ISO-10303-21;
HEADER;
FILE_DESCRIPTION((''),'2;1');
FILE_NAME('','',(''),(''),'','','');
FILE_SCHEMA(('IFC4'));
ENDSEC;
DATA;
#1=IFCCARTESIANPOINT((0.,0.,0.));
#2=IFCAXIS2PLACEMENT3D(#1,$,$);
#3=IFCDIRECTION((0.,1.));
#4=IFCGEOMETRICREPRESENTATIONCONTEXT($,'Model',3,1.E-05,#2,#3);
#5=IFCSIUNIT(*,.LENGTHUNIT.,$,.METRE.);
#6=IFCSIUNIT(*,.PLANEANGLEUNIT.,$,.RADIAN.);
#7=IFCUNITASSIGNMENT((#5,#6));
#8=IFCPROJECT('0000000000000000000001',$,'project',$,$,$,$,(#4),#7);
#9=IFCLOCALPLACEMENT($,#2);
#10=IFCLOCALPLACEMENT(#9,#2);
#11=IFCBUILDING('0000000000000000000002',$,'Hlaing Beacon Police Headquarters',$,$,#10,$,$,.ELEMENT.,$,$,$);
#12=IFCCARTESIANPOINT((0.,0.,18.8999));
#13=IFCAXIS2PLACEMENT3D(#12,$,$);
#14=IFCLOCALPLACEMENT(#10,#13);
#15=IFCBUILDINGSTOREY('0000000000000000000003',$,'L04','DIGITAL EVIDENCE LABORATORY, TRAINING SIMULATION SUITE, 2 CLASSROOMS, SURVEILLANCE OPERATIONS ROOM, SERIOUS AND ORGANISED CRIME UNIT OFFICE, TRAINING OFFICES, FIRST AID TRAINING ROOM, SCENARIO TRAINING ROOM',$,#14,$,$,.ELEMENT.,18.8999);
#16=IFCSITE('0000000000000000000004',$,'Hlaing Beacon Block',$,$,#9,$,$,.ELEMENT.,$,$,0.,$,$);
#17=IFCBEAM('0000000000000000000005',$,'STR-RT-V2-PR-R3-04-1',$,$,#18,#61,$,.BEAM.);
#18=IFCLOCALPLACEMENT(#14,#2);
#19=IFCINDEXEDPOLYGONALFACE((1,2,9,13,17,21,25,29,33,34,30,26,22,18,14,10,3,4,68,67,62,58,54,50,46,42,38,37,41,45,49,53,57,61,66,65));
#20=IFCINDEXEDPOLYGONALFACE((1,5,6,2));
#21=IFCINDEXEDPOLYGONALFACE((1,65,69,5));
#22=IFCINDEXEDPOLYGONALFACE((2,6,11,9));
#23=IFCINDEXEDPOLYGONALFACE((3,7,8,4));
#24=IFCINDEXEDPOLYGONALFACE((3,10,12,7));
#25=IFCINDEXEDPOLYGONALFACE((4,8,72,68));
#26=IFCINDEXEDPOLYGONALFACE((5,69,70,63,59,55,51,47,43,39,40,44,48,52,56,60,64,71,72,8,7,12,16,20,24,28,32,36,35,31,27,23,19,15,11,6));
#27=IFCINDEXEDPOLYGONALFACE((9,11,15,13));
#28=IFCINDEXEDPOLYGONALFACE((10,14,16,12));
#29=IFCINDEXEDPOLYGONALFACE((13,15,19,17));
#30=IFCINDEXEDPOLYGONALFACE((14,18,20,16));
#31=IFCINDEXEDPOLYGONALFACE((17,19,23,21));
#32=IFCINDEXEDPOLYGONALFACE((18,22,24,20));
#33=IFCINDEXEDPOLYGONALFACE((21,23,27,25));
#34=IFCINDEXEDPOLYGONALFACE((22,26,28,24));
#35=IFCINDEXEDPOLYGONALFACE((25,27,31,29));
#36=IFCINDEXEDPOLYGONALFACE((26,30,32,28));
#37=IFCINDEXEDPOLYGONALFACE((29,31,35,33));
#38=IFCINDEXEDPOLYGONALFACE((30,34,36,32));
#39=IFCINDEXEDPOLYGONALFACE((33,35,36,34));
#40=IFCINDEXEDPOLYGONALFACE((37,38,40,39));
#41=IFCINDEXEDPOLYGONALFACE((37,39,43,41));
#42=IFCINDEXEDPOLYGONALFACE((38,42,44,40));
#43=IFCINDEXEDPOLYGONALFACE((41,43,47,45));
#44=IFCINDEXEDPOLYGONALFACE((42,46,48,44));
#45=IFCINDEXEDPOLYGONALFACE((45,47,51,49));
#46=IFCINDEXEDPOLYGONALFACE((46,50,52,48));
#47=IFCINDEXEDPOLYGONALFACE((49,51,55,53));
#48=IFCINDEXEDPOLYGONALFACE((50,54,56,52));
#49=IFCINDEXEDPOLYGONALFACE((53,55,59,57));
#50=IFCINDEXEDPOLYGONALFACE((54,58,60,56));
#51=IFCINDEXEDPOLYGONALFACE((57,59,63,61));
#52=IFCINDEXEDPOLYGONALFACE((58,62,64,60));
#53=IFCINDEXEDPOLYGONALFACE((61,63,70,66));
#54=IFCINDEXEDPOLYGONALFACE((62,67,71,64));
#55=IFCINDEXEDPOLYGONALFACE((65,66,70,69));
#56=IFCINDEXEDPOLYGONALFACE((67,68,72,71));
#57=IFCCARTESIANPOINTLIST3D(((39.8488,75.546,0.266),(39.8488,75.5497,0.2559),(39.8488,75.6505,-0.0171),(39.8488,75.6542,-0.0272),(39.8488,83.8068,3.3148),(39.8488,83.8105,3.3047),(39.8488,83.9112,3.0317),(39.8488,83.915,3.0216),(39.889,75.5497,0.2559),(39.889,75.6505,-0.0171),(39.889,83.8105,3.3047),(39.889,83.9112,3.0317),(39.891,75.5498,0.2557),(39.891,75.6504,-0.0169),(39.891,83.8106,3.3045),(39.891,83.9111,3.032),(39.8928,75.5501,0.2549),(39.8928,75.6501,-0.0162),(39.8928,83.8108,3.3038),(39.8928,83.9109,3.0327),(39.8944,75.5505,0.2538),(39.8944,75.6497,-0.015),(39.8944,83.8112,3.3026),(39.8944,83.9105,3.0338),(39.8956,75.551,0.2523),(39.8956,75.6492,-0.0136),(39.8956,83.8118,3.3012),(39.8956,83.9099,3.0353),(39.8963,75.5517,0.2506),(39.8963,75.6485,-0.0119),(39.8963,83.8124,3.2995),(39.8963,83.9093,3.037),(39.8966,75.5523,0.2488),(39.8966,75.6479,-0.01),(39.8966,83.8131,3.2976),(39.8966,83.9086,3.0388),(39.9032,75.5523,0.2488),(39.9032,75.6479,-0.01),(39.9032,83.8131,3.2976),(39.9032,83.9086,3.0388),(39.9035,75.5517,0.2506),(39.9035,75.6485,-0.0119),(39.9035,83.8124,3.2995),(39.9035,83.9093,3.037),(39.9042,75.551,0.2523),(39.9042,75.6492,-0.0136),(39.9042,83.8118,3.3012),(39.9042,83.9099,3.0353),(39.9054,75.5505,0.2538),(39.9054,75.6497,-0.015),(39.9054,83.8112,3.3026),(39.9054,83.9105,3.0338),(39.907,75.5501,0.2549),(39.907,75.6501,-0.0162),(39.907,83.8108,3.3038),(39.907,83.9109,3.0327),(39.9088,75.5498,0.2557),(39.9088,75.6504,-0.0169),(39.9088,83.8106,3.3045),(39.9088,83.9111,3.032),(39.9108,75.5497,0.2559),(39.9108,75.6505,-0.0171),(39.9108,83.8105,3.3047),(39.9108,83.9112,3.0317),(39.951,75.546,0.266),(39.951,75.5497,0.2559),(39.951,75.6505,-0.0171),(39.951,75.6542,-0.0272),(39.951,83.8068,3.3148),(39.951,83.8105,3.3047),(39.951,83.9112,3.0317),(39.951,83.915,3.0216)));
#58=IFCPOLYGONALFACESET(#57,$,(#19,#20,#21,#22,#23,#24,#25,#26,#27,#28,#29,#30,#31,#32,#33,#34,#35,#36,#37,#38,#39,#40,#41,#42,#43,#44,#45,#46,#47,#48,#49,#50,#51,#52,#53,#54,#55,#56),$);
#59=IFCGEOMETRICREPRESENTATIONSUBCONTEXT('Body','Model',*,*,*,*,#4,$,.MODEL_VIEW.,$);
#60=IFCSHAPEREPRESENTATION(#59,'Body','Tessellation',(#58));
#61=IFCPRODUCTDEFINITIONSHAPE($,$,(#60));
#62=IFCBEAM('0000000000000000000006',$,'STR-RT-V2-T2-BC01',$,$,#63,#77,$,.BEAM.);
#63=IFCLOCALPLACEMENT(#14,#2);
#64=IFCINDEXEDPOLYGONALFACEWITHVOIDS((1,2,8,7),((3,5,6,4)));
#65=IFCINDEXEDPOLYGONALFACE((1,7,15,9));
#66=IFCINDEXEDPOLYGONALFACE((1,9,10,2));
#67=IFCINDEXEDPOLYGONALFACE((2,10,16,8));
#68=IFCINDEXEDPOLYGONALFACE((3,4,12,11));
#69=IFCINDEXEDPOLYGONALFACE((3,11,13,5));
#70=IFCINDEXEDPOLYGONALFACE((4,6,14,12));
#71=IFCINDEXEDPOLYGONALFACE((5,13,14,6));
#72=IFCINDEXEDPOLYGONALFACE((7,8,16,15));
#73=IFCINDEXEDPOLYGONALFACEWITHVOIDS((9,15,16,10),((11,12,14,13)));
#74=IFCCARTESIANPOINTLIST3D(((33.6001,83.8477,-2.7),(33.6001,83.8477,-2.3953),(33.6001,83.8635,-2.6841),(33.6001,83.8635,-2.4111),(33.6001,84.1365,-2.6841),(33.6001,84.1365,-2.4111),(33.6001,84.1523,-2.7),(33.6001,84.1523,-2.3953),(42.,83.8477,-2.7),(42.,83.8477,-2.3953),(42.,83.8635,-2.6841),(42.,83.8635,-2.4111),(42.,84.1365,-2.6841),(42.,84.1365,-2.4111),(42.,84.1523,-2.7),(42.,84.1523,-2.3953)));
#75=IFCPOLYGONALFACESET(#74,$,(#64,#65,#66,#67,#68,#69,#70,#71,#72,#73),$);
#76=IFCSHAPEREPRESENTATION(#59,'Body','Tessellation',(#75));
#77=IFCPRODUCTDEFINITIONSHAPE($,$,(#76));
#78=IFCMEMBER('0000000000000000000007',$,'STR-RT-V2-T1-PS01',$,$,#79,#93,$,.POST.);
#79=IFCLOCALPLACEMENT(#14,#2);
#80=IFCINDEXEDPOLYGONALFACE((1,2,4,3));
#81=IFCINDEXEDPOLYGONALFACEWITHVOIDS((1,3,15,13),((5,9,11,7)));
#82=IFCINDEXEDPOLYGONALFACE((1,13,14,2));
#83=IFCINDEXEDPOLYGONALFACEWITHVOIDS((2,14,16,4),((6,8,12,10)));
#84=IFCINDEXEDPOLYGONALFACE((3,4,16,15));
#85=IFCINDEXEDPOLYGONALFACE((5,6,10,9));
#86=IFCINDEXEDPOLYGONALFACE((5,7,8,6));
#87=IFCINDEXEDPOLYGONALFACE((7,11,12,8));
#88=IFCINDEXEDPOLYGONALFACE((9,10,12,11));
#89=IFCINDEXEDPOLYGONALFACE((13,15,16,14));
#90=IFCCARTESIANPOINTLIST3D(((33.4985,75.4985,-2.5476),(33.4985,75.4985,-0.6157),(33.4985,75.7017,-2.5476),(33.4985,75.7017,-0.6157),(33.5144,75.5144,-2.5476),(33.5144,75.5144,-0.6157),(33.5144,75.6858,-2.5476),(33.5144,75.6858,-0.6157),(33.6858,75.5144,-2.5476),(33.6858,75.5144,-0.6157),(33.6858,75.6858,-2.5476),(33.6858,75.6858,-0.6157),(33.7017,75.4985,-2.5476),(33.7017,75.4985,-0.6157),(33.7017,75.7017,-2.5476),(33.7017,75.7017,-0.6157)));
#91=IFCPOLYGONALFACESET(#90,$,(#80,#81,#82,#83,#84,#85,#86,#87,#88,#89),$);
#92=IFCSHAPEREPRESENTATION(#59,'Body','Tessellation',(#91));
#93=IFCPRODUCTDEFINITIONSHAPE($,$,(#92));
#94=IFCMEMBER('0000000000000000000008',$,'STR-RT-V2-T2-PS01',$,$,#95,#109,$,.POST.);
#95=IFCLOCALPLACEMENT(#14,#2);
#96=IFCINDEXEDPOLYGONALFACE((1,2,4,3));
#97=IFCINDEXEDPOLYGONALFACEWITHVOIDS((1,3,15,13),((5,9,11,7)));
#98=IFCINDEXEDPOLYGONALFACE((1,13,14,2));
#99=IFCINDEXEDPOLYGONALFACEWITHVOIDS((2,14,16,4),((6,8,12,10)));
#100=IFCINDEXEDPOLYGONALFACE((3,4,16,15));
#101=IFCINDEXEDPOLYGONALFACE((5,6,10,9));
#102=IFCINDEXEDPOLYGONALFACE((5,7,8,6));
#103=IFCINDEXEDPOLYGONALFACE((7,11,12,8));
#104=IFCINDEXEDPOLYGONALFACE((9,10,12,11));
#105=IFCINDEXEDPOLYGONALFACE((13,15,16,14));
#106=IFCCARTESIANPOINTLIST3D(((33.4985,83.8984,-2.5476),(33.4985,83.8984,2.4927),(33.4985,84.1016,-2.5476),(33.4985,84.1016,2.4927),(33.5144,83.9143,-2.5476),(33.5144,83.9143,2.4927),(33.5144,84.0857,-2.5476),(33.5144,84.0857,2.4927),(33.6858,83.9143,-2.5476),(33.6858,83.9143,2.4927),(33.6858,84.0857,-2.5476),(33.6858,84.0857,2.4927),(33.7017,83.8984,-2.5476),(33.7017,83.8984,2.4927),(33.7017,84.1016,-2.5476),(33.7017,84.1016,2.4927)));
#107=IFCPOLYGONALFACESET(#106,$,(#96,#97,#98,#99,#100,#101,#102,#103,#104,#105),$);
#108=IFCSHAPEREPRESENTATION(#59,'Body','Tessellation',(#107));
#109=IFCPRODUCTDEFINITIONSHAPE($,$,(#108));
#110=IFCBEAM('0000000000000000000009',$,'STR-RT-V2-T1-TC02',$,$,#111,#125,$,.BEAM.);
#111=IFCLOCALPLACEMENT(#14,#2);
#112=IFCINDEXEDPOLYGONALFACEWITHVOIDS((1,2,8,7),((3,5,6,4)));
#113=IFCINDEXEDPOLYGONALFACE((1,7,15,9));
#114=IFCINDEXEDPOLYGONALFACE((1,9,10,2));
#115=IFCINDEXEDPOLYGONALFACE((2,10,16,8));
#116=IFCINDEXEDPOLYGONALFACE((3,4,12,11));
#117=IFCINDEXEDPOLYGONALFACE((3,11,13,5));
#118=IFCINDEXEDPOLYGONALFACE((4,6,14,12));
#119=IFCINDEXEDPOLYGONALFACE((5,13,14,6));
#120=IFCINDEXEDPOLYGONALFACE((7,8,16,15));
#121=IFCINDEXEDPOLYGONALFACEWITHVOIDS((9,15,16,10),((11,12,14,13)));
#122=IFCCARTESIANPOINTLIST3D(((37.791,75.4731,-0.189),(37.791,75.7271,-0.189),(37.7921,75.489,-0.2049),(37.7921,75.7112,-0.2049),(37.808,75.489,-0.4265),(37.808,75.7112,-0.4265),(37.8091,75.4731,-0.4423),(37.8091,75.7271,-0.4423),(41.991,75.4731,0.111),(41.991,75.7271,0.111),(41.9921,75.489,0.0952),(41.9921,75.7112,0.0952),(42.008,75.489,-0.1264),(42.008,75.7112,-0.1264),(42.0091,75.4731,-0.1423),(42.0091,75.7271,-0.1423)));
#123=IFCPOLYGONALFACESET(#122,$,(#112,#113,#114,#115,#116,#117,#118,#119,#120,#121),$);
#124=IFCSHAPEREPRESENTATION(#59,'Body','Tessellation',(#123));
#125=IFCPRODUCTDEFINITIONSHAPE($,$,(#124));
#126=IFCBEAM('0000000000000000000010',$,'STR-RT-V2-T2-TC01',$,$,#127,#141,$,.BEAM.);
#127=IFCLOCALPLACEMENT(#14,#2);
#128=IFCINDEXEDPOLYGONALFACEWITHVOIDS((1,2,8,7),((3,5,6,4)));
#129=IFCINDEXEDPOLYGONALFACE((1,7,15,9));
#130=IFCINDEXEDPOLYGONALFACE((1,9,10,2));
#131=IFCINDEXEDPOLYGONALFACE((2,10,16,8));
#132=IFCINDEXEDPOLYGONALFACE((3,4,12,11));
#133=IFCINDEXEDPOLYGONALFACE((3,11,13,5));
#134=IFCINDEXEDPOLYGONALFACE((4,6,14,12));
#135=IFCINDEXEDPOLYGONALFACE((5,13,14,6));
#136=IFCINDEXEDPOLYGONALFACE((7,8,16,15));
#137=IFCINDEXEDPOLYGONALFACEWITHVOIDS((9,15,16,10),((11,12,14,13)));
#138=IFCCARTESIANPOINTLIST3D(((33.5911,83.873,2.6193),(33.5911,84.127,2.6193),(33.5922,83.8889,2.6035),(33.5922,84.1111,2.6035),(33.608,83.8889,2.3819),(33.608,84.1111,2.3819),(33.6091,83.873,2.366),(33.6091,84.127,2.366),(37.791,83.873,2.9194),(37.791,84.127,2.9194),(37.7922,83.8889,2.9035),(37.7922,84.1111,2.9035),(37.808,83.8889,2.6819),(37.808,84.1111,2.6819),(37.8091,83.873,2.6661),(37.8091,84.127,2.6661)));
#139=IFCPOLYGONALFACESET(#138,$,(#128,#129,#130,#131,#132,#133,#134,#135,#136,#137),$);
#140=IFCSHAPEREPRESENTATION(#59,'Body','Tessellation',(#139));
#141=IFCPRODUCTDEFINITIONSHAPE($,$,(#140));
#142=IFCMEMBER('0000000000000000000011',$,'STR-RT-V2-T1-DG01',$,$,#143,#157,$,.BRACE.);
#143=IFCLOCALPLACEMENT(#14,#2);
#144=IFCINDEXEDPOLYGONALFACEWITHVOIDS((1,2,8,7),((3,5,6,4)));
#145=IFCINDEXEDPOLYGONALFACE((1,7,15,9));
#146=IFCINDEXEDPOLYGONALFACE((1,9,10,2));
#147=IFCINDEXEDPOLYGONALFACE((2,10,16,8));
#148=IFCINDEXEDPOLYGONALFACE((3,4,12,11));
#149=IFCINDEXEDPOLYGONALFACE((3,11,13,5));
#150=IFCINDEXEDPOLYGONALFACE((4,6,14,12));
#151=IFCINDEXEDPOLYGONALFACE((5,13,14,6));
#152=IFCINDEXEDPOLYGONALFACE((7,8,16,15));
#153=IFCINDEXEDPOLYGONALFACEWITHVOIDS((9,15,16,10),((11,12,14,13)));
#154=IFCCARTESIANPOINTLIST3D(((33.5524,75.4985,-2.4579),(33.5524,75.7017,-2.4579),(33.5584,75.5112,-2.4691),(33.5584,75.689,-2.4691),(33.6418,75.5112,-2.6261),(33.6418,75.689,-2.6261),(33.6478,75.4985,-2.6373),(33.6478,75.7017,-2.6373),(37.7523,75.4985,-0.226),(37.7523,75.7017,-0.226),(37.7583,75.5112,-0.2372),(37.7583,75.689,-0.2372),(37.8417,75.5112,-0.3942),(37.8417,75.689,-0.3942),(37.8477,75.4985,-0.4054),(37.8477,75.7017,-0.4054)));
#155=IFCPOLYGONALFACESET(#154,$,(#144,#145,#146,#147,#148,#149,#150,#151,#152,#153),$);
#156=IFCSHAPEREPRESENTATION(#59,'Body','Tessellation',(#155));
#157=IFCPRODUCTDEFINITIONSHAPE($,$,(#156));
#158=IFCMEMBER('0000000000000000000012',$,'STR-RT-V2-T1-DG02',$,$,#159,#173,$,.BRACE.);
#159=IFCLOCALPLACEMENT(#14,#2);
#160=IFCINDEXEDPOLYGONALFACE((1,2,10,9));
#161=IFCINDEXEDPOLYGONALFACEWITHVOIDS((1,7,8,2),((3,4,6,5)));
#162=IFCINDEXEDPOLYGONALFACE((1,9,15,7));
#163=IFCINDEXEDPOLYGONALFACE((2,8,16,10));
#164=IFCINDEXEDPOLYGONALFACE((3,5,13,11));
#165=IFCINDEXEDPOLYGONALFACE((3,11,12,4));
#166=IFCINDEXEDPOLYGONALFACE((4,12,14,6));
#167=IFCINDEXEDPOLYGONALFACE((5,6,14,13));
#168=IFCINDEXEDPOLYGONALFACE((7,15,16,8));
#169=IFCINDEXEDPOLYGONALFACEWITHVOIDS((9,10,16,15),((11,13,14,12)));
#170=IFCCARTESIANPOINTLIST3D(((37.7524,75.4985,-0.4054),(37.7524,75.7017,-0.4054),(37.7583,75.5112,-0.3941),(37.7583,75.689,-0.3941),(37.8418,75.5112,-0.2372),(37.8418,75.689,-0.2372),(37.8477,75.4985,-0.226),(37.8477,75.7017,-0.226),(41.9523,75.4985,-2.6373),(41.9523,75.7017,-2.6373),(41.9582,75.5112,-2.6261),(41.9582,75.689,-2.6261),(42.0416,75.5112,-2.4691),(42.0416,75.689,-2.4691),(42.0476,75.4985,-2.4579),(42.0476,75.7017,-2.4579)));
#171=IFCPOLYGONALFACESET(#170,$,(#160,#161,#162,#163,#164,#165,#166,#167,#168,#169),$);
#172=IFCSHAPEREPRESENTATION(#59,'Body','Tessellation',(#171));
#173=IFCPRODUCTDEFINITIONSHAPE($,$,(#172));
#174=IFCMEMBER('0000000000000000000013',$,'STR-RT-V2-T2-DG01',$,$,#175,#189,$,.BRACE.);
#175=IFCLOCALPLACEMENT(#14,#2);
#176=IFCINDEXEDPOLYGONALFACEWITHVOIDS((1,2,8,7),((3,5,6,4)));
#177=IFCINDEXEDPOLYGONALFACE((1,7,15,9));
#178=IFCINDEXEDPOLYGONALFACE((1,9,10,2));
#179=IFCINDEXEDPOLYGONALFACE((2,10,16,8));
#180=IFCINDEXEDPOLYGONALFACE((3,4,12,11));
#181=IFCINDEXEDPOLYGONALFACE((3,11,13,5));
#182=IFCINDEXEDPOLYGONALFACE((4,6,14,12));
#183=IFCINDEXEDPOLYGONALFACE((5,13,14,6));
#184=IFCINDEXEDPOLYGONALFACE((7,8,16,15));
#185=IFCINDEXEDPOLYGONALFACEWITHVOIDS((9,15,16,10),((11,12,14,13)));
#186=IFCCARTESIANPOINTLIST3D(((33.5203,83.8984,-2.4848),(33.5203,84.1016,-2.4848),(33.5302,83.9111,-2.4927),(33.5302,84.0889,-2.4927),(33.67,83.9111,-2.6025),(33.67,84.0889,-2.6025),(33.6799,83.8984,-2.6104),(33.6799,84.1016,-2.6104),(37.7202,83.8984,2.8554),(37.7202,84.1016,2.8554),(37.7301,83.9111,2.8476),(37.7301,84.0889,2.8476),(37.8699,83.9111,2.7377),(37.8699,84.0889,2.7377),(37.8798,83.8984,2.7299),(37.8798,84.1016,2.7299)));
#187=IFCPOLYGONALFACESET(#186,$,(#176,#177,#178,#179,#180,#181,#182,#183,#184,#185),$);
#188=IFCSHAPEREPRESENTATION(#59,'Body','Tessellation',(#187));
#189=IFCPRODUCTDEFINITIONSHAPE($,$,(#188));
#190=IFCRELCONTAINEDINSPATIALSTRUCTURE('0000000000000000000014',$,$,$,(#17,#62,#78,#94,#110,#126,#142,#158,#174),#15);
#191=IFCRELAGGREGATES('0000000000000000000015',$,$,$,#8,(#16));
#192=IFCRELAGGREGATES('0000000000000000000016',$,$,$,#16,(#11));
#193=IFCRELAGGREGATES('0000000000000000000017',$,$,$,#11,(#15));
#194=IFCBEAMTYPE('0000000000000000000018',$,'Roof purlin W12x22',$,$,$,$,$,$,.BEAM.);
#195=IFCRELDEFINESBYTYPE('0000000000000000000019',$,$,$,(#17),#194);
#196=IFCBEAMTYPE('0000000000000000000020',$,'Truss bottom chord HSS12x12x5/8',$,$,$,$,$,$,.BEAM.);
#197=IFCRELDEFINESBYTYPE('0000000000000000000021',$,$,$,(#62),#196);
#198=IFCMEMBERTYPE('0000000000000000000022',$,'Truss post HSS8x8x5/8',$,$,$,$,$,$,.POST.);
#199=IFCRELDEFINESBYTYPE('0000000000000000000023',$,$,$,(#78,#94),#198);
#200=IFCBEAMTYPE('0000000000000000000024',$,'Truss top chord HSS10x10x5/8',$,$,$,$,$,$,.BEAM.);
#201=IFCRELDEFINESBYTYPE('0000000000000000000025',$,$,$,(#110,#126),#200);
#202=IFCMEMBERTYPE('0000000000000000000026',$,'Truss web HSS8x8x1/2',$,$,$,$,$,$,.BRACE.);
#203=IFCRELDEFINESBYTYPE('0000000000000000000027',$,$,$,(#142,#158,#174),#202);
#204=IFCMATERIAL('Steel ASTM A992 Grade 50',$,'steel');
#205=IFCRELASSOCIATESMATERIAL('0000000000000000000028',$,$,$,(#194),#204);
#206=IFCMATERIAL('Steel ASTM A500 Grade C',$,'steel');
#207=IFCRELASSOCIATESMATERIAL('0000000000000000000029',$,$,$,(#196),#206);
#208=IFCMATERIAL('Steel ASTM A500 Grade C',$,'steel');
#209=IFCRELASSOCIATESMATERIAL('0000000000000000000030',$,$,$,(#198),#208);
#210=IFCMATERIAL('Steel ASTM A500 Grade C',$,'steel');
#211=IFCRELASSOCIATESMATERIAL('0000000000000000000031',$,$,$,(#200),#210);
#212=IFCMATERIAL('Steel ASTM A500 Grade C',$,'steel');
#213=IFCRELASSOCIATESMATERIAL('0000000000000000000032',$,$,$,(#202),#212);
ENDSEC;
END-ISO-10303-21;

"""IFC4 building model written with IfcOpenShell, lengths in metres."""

from ifc_helpers import new_model, si_unit, direction, frame, origin, origin_2d, place, context, subcontext, project, spatial, hollow_rectangle, i_section, extrude, material, material_profile, profile_set, type_object, element, save


model = new_model("IFC4")

# Units and contexts
model_context = context("Model", 3, precision=1e-05, world=origin(), true_north=direction((0.0, 1.0)))
body_context = subcontext(model_context, "Body", "Model", "MODEL_VIEW")
ifc_project = project(units=[si_unit("LENGTHUNIT", "METRE"), si_unit("PLANEANGLEUNIT", "RADIAN")], contexts=[model_context])

# Site, building, storey
site_placement = place(None, origin())
site = spatial("IfcSite", under=ifc_project, at=site_placement, Name="Hlaing Beacon Block", CompositionType="ELEMENT", RefElevation=0.0)
building_placement = place(site_placement, origin())
building = spatial("IfcBuilding", under=site, at=building_placement, Name="Hlaing Beacon Police Headquarters", CompositionType="ELEMENT")
storey_placement = place(building_placement, frame((0.0, 0.0, 18.8999)))
storey = spatial("IfcBuildingStorey", under=building, at=storey_placement, Name="L04", Description="DIGITAL EVIDENCE LABORATORY, TRAINING SIMULATION SUITE, 2 CLASSROOMS, SURVEILLANCE OPERATIONS ROOM, SERIOUS AND ORGANISED CRIME UNIT OFFICE, TRAINING OFFICES, FIRST AID TRAINING ROOM, SCENARIO TRAINING ROOM", CompositionType="ELEMENT", Elevation=18.8999)

# Beams
ifc_material_1 = material(Name="Steel ASTM A992 Grade 50", Category="steel")
ifc_material_profile_1 = material_profile(ifc_material_1, i_section(OverallWidth=0.1023, OverallDepth=0.3125, WebThickness=0.0066, FlangeThickness=0.0107, FilletRadius=0.0076, at=origin_2d()), Name="W12x22")
ifc_profile_set_1 = profile_set([ifc_material_profile_1], Name="Steel ASTM A992 Grade 50")
beam_type_1 = type_object("IfcBeamType", Name="Roof purlin W12x22", PredefinedType="BEAM", material=ifc_profile_set_1)
for number, where, z_axis, x_axis, name in (
    (1, (39.8999, 75.6001, 0.1194), (0.0, 0.938144, 0.346245), (-1.0, 0.0, 0.0), "STR-RT-V2-PR-R3-04-1"),
):
    element("IfcBeam", number, at=place(storey_placement, frame(where, z_axis=z_axis, x_axis=x_axis)), inside=storey, type_object=beam_type_1, Name=name, PredefinedType="BEAM", context=body_context, shape_type="SweptSolid", body=[
        extrude(i_section(OverallWidth=0.1023, OverallDepth=0.3125, WebThickness=0.0066, FlangeThickness=0.0107, FilletRadius=0.0076, at=origin_2d()), origin(), (0.0, 0.0, 1.0), 8.8054),
    ])
ifc_material_2 = material(Name="Steel ASTM A500 Grade C", Category="steel")
ifc_material_profile_2 = material_profile(ifc_material_2, hollow_rectangle(XDim=0.3047, YDim=0.3047, WallThickness=0.0159, at=origin_2d()), Name="HSS12x12x5/8")
ifc_profile_set_2 = profile_set([ifc_material_profile_2], Name="Steel ASTM A500 Grade C")
beam_type_2 = type_object("IfcBeamType", Name="Truss bottom chord HSS12x12x5/8", PredefinedType="BEAM", material=ifc_profile_set_2)
beam_placement = place(storey_placement, frame((33.6001, 84.0, -2.5476), z_axis=(1.0, 0.0, 0.0), x_axis=(0.0, 1.0, 0.0)))
element("IfcBeam", 2, at=beam_placement, inside=storey, type_object=beam_type_2, Name="STR-RT-V2-T2-BC01", PredefinedType="BEAM", context=body_context, shape_type="SweptSolid", body=[
    extrude(hollow_rectangle(XDim=0.3047, YDim=0.3047, WallThickness=0.0159, at=origin_2d()), origin(), (0.0, 0.0, 1.0), 8.3999),
])

# Members
ifc_material_3 = material(Name="Steel ASTM A500 Grade C", Category="steel")
ifc_material_profile_3 = material_profile(ifc_material_3, hollow_rectangle(XDim=0.2031, YDim=0.2031, WallThickness=0.0159, at=origin_2d()), Name="HSS8x8x5/8")
ifc_profile_set_3 = profile_set([ifc_material_profile_3], Name="Steel ASTM A500 Grade C")
member_type_1 = type_object("IfcMemberType", Name="Truss post HSS8x8x5/8", PredefinedType="POST", material=ifc_profile_set_3)
member_1_placement = place(storey_placement, frame((33.6001, 75.6001, -2.5476), z_axis=(0.0, 0.0, 1.0), x_axis=(1.0, 0.0, 0.0)))
element("IfcMember", 3, at=member_1_placement, inside=storey, type_object=member_type_1, Name="STR-RT-V2-T1-PS01", PredefinedType="POST", context=body_context, shape_type="SweptSolid", body=[
    extrude(hollow_rectangle(XDim=0.2031, YDim=0.2031, WallThickness=0.0159, at=origin_2d()), origin(), (0.0, 0.0, 1.0), 1.9319),
])
member_2_placement = place(storey_placement, frame((33.6001, 84.0, -2.5476), z_axis=(0.0, 0.0, 1.0), x_axis=(1.0, 0.0, 0.0)))
element("IfcMember", 4, at=member_2_placement, inside=storey, type_object=member_type_1, Name="STR-RT-V2-T2-PS01", PredefinedType="POST", context=body_context, shape_type="SweptSolid", body=[
    extrude(hollow_rectangle(XDim=0.2031, YDim=0.2031, WallThickness=0.0159, at=origin_2d()), origin(), (0.0, 0.0, 1.0), 5.0403),
])

# Beams
ifc_material_4 = material(Name="Steel ASTM A500 Grade C", Category="steel")
ifc_material_profile_4 = material_profile(ifc_material_4, hollow_rectangle(XDim=0.2539, YDim=0.2539, WallThickness=0.0159, at=origin_2d()), Name="HSS10x10x5/8")
ifc_profile_set_4 = profile_set([ifc_material_profile_4], Name="Steel ASTM A500 Grade C")
beam_type_3 = type_object("IfcBeamType", Name="Truss top chord HSS10x10x5/8", PredefinedType="BEAM", material=ifc_profile_set_4)
for number, where, z_axis, x_axis, name in (
    (5, (37.8, 75.6001, -0.3157), (0.997458, 0.0, 0.071259), (0.0, 1.0, 0.0), "STR-RT-V2-T1-TC02"),
    (6, (33.6001, 84.0, 2.4927), (0.997458, 0.0, 0.071259), (0.0, 1.0, 0.0), "STR-RT-V2-T2-TC01"),
):
    element("IfcBeam", number, at=place(storey_placement, frame(where, z_axis=z_axis, x_axis=x_axis)), inside=storey, type_object=beam_type_3, Name=name, PredefinedType="BEAM", context=body_context, shape_type="SweptSolid", body=[
        extrude(hollow_rectangle(XDim=0.2539, YDim=0.2539, WallThickness=0.0159, at=origin_2d()), origin(), (0.0, 0.0, 1.0), 4.2107),
    ])

# Members
ifc_material_5 = material(Name="Steel ASTM A500 Grade C", Category="steel")
ifc_material_profile_5 = material_profile(ifc_material_5, hollow_rectangle(XDim=0.2031, YDim=0.2031, WallThickness=0.0127, at=origin_2d()), Name="HSS8x8x1/2")
ifc_profile_set_5 = profile_set([ifc_material_profile_5], Name="Steel ASTM A500 Grade C")
member_type_2 = type_object("IfcMemberType", Name="Truss web HSS8x8x1/2", PredefinedType="BRACE", material=ifc_profile_set_5)
for number, where, z_axis, x_axis, name in (
    (7, (33.6001, 75.6001, -2.5476), (0.883054, 0.0, 0.469272), (0.0, 1.0, 0.0), "STR-RT-V2-T1-DG01"),
    (8, (37.8, 75.6001, -0.3157), (0.883054, 0.0, -0.469272), (0.0, 1.0, 0.0), "STR-RT-V2-T1-DG02"),
):
    element("IfcMember", number, at=place(storey_placement, frame(where, z_axis=z_axis, x_axis=x_axis)), inside=storey, type_object=member_type_2, Name=name, PredefinedType="BRACE", context=body_context, shape_type="SweptSolid", body=[
        extrude(hollow_rectangle(XDim=0.2031, YDim=0.2031, WallThickness=0.0127, at=origin_2d()), origin(), (0.0, 0.0, 1.0), 4.7561),
    ])
member_3_placement = place(storey_placement, frame((33.6001, 84.0, -2.5476), z_axis=(0.618183, 0.0, 0.786034), x_axis=(0.0, 1.0, 0.0)))
element("IfcMember", 9, at=member_3_placement, inside=storey, type_object=member_type_2, Name="STR-RT-V2-T2-DG01", PredefinedType="BRACE", context=body_context, shape_type="SweptSolid", body=[
    extrude(hollow_rectangle(XDim=0.2031, YDim=0.2031, WallThickness=0.0127, at=origin_2d()), origin(), (0.0, 0.0, 1.0), 6.7939),
])

save(model, "model.ifc")
